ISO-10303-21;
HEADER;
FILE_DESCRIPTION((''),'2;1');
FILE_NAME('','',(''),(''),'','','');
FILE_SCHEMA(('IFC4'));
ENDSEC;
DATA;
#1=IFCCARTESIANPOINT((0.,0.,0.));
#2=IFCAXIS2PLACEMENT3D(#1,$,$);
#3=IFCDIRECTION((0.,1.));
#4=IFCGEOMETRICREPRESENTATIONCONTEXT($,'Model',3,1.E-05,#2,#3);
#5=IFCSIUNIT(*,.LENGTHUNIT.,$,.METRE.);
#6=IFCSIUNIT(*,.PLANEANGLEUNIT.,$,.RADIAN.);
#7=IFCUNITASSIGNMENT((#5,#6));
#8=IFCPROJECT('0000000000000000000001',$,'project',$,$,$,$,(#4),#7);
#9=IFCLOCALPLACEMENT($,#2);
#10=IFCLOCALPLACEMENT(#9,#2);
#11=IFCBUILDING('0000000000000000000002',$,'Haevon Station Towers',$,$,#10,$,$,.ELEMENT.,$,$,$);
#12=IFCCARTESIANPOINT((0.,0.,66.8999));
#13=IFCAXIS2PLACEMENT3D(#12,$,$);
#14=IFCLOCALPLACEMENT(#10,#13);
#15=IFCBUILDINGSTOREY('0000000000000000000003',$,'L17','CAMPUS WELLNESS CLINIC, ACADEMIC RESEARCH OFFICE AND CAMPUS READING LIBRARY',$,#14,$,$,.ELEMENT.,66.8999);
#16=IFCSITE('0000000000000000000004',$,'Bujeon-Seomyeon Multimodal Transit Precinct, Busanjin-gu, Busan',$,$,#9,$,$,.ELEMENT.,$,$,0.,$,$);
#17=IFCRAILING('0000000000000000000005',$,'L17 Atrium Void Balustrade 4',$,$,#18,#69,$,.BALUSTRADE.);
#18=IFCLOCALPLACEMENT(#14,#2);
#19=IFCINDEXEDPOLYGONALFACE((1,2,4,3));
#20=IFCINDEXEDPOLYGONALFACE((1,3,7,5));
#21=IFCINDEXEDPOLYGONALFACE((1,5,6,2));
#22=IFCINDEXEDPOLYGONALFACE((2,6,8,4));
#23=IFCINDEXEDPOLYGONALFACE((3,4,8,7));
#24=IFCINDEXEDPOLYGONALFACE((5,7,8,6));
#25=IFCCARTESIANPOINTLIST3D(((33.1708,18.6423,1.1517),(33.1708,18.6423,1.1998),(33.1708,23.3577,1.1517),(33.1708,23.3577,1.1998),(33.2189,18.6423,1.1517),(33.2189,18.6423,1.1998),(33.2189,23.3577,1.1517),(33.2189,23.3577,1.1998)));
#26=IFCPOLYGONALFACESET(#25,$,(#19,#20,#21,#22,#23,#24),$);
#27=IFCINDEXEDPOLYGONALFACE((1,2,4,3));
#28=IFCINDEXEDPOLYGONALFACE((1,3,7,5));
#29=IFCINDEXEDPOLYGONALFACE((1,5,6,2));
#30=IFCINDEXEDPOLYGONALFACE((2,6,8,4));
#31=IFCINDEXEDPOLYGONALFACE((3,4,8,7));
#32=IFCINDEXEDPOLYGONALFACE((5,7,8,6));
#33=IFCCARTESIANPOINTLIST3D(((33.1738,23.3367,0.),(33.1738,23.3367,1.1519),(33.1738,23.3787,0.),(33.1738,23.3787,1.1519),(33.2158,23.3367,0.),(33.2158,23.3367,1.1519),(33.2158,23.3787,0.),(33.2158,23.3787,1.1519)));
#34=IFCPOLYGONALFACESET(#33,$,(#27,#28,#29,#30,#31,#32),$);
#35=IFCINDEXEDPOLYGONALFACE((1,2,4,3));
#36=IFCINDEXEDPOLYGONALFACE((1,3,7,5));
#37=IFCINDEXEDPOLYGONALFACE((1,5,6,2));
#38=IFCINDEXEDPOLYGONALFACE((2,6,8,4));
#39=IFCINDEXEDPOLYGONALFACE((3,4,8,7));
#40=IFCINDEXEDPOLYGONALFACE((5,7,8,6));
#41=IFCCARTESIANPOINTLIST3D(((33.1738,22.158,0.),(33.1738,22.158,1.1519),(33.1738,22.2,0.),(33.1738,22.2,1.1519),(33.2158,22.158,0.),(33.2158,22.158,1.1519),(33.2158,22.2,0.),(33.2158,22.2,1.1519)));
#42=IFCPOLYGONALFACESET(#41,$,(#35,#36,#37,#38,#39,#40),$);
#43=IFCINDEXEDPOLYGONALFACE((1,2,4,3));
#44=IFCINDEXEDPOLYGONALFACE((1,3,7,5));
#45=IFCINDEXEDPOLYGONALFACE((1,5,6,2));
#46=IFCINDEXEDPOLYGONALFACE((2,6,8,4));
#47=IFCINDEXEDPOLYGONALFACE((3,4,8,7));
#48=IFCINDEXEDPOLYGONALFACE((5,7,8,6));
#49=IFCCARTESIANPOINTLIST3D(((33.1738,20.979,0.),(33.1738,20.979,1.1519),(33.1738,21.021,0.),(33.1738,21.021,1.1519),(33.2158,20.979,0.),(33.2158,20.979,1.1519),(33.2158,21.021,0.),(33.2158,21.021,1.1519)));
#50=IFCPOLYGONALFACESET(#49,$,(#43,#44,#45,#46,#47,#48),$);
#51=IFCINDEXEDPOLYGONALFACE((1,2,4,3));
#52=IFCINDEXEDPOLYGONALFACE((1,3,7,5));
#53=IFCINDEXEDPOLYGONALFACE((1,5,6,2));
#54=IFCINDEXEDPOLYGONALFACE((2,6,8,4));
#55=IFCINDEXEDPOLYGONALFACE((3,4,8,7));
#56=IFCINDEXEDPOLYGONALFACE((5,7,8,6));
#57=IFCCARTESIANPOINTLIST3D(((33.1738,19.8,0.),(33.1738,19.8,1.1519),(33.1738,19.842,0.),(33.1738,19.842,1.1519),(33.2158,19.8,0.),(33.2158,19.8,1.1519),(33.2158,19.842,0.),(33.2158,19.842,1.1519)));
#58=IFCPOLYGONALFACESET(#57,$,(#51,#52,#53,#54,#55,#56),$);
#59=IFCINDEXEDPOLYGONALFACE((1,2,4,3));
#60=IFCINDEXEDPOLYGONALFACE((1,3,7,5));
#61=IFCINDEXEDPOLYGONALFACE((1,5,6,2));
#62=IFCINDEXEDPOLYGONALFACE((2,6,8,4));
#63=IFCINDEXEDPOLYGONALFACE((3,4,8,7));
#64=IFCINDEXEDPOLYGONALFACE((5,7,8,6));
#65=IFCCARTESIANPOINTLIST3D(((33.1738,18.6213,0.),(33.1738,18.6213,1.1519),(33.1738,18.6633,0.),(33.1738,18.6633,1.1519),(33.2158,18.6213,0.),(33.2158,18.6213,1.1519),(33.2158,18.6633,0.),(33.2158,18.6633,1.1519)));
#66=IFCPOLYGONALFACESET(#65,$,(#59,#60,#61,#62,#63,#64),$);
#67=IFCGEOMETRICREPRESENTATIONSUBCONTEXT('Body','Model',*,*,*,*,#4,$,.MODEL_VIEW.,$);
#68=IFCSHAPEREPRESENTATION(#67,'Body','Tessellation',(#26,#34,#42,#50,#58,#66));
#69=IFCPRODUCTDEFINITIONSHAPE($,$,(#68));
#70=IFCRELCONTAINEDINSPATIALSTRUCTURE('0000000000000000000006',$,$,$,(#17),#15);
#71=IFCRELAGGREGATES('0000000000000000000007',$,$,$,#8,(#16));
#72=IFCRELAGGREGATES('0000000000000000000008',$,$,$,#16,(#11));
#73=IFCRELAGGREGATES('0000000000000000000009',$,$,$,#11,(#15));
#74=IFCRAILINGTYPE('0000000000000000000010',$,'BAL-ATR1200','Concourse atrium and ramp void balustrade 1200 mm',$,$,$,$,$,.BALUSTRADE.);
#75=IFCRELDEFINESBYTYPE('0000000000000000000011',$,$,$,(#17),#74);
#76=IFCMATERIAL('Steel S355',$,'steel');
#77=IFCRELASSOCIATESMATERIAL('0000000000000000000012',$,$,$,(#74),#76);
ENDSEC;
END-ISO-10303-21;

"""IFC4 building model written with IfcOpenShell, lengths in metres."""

from ifc_helpers import new_model, si_unit, direction, frame, origin, origin_2d, place, context, subcontext, project, spatial, rectangle, extrude, material, type_object, element, save


model = new_model("IFC4")

# Units and contexts
model_context = context("Model", 3, precision=1e-05, world=origin(), true_north=direction((0.0, 1.0)))
body_context = subcontext(model_context, "Body", "Model", "MODEL_VIEW")
ifc_project = project(units=[si_unit("LENGTHUNIT", "METRE"), si_unit("PLANEANGLEUNIT", "RADIAN")], contexts=[model_context])

# Site, building, storey
site_placement = place(None, origin())
site = spatial("IfcSite", under=ifc_project, at=site_placement, Name="Bujeon-Seomyeon Multimodal Transit Precinct, Busanjin-gu, Busan", CompositionType="ELEMENT", RefElevation=0.0)
building_placement = place(site_placement, origin())
building = spatial("IfcBuilding", under=site, at=building_placement, Name="Haevon Station Towers", CompositionType="ELEMENT")
storey_placement = place(building_placement, frame((0.0, 0.0, 66.8999)))
storey = spatial("IfcBuildingStorey", under=building, at=storey_placement, Name="L17", Description="CAMPUS WELLNESS CLINIC, ACADEMIC RESEARCH OFFICE AND CAMPUS READING LIBRARY", CompositionType="ELEMENT", Elevation=66.8999)

# Shared definitions
ifc_material_1 = material(Name="Steel S355", Category="steel")

# Railing
railing_type = type_object("IfcRailingType", Name="BAL-ATR1200", Description="Concourse atrium and ramp void balustrade 1200 mm", PredefinedType="BALUSTRADE", material=ifc_material_1)
railing_1_placement = place(storey_placement, frame((33.1948, 23.3577, 0.0)))
element("IfcRailing", 1, at=railing_1_placement, inside=storey, type_object=railing_type, Name="L17 Atrium Void Balustrade 4", PredefinedType="BALUSTRADE", context=body_context, shape_type="SweptSolid", body=[
    extrude(rectangle(XDim=0.0481, YDim=0.0481, at=origin_2d()), frame((0.0, 0.0, 1.1758), z_axis=(0.0, -1.0, 0.0), x_axis=(1.0, 0.0, 0.0)), (0.0, 0.0, 1.0), 4.7153),
    extrude(rectangle(XDim=0.042, YDim=0.042, at=origin_2d()), origin(), (0.0, 0.0, 1.0), 1.1519),
    extrude(rectangle(XDim=0.042, YDim=0.042, at=origin_2d()), frame((0.0, -1.1787, 0.0)), (0.0, 0.0, 1.0), 1.1519),
    extrude(rectangle(XDim=0.042, YDim=0.042, at=origin_2d()), frame((0.0, -2.3577, 0.0)), (0.0, 0.0, 1.0), 1.1519),
    extrude(rectangle(XDim=0.042, YDim=0.042, at=origin_2d()), frame((0.0, -3.5366, 0.0)), (0.0, 0.0, 1.0), 1.1519),
    extrude(rectangle(XDim=0.042, YDim=0.042, at=origin_2d()), frame((0.0, -4.7153, 0.0)), (0.0, 0.0, 1.0), 1.1519),
])

save(model, "model.ifc")
